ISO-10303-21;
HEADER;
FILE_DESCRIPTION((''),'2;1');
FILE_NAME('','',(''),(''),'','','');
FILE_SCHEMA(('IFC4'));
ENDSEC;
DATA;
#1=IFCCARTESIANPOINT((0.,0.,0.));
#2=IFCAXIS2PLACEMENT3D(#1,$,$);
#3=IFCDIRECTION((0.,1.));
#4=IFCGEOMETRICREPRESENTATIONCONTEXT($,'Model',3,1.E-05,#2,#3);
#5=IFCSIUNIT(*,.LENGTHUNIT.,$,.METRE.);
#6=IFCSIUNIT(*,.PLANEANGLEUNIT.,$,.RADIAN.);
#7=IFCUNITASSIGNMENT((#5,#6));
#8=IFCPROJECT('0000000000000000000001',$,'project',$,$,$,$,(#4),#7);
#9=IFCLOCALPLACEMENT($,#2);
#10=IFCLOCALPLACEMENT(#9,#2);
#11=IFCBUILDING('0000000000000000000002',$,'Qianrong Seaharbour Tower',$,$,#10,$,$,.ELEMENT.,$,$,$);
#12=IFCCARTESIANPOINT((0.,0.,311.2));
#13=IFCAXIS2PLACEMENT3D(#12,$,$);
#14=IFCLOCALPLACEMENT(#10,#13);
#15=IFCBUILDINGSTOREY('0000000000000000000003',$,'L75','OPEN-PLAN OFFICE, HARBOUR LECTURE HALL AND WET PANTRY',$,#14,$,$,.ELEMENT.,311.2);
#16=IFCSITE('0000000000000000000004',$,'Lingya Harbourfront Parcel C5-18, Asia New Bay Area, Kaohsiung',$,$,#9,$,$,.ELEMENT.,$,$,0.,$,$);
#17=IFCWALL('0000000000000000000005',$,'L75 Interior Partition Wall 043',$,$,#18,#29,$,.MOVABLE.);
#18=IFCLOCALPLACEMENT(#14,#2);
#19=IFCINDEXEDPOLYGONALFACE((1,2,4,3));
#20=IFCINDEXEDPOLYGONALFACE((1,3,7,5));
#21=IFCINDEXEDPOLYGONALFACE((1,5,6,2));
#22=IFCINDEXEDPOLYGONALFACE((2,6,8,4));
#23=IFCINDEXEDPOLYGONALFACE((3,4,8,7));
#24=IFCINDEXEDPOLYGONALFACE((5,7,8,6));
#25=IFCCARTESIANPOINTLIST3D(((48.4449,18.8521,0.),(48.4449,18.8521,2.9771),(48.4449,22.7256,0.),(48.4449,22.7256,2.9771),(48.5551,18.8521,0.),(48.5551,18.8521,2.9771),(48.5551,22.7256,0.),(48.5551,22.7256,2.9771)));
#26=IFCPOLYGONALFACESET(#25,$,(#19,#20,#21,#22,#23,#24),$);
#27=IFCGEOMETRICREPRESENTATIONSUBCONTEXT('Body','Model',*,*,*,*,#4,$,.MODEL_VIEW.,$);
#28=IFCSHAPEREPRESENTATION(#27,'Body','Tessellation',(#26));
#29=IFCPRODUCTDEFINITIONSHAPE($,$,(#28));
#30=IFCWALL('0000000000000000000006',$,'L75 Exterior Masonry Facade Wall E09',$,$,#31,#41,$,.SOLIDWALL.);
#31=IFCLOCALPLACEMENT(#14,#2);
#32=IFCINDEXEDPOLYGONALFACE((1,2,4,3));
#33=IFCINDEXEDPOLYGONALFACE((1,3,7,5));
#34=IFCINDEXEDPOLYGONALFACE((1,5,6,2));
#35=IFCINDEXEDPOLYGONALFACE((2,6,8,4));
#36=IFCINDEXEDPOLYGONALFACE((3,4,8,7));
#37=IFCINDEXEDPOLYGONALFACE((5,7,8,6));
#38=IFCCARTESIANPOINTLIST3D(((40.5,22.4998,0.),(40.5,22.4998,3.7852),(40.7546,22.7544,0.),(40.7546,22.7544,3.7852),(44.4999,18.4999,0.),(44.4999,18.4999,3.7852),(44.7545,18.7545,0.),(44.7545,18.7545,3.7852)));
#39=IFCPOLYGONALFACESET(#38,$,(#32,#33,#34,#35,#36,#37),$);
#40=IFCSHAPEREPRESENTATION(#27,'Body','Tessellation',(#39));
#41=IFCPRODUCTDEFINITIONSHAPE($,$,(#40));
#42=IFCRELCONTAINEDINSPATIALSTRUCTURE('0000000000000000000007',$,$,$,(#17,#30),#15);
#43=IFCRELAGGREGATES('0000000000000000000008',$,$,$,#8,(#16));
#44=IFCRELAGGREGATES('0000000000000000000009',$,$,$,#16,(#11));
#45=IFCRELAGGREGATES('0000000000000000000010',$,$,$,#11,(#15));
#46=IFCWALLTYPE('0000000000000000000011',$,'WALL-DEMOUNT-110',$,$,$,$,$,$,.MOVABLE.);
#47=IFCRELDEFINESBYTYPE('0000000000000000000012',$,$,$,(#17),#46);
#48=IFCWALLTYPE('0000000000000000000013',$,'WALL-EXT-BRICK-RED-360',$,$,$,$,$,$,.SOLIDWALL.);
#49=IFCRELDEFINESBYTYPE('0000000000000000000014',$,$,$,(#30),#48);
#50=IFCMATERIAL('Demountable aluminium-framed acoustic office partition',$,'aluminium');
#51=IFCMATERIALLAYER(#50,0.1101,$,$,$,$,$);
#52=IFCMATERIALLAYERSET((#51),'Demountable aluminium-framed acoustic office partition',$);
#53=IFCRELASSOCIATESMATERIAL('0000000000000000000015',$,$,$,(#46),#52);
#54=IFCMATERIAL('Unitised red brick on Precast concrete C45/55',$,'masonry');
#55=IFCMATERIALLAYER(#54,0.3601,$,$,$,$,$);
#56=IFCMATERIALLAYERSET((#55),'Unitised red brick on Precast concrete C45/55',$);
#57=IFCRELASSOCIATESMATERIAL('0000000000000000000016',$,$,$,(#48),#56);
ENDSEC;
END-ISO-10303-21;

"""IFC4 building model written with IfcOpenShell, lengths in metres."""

from ifc_helpers import new_model, si_unit, direction, frame, frame_2d, origin, place, context, subcontext, project, spatial, rectangle, extrude, material, layer, layer_set, type_object, element, save


model = new_model("IFC4")

# Units and contexts
model_context = context("Model", 3, precision=1e-05, world=origin(), true_north=direction((0.0, 1.0)))
body_context = subcontext(model_context, "Body", "Model", "MODEL_VIEW")
ifc_project = project(units=[si_unit("LENGTHUNIT", "METRE"), si_unit("PLANEANGLEUNIT", "RADIAN")], contexts=[model_context])

# Site, building, storey
site_placement = place(None, origin())
site = spatial("IfcSite", under=ifc_project, at=site_placement, Name="Lingya Harbourfront Parcel C5-18, Asia New Bay Area, Kaohsiung", CompositionType="ELEMENT", RefElevation=0.0)
building_placement = place(site_placement, origin())
building = spatial("IfcBuilding", under=site, at=building_placement, Name="Qianrong Seaharbour Tower", CompositionType="ELEMENT")
storey_placement = place(building_placement, frame((0.0, 0.0, 311.2)))
storey = spatial("IfcBuildingStorey", under=building, at=storey_placement, Name="L75", Description="OPEN-PLAN OFFICE, HARBOUR LECTURE HALL AND WET PANTRY", CompositionType="ELEMENT", Elevation=311.2)

# Walls
ifc_material_1 = material(Name="Demountable aluminium-framed acoustic office partition", Category="aluminium")
ifc_layer_1 = layer(ifc_material_1, 0.1101)
ifc_layer_set_1 = layer_set([ifc_layer_1], Name="Demountable aluminium-framed acoustic office partition")
wall_type_1 = type_object("IfcWallType", Name="WALL-DEMOUNT-110", PredefinedType="MOVABLE", material=ifc_layer_set_1)
wall_1_placement = place(storey_placement, frame((48.5, 22.7256, 0.0), z_axis=(0.0, 0.0, 1.0), x_axis=(0.0, -1.0, 0.0)))
element("IfcWall", 1, at=wall_1_placement, inside=storey, type_object=wall_type_1, Name="L75 Interior Partition Wall 043", PredefinedType="MOVABLE", context=body_context, shape_type="SweptSolid", body=[
    extrude(rectangle(XDim=3.8735, YDim=0.1101, at=frame_2d((1.9368, 0.0))), origin(), (0.0, 0.0, 1.0), 2.9771),
])
ifc_material_2 = material(Name="Unitised red brick on Precast concrete C45/55", Category="masonry")
ifc_layer_2 = layer(ifc_material_2, 0.3601)
ifc_layer_set_2 = layer_set([ifc_layer_2], Name="Unitised red brick on Precast concrete C45/55")
wall_type_2 = type_object("IfcWallType", Name="WALL-EXT-BRICK-RED-360", PredefinedType="SOLIDWALL", material=ifc_layer_set_2)
wall_2_placement = place(storey_placement, frame((44.6272, 18.6272, 0.0), z_axis=(0.0, 0.0, 1.0), x_axis=(-0.707107, 0.707107, 0.0)))
element("IfcWall", 2, at=wall_2_placement, inside=storey, type_object=wall_type_2, Name="L75 Exterior Masonry Facade Wall E09", PredefinedType="SOLIDWALL", context=body_context, shape_type="SweptSolid", body=[
    extrude(rectangle(XDim=5.6567, YDim=0.3601, at=frame_2d((2.8284, 0.0))), origin(), (0.0, 0.0, 1.0), 3.7852),
])

save(model, "model.ifc")
